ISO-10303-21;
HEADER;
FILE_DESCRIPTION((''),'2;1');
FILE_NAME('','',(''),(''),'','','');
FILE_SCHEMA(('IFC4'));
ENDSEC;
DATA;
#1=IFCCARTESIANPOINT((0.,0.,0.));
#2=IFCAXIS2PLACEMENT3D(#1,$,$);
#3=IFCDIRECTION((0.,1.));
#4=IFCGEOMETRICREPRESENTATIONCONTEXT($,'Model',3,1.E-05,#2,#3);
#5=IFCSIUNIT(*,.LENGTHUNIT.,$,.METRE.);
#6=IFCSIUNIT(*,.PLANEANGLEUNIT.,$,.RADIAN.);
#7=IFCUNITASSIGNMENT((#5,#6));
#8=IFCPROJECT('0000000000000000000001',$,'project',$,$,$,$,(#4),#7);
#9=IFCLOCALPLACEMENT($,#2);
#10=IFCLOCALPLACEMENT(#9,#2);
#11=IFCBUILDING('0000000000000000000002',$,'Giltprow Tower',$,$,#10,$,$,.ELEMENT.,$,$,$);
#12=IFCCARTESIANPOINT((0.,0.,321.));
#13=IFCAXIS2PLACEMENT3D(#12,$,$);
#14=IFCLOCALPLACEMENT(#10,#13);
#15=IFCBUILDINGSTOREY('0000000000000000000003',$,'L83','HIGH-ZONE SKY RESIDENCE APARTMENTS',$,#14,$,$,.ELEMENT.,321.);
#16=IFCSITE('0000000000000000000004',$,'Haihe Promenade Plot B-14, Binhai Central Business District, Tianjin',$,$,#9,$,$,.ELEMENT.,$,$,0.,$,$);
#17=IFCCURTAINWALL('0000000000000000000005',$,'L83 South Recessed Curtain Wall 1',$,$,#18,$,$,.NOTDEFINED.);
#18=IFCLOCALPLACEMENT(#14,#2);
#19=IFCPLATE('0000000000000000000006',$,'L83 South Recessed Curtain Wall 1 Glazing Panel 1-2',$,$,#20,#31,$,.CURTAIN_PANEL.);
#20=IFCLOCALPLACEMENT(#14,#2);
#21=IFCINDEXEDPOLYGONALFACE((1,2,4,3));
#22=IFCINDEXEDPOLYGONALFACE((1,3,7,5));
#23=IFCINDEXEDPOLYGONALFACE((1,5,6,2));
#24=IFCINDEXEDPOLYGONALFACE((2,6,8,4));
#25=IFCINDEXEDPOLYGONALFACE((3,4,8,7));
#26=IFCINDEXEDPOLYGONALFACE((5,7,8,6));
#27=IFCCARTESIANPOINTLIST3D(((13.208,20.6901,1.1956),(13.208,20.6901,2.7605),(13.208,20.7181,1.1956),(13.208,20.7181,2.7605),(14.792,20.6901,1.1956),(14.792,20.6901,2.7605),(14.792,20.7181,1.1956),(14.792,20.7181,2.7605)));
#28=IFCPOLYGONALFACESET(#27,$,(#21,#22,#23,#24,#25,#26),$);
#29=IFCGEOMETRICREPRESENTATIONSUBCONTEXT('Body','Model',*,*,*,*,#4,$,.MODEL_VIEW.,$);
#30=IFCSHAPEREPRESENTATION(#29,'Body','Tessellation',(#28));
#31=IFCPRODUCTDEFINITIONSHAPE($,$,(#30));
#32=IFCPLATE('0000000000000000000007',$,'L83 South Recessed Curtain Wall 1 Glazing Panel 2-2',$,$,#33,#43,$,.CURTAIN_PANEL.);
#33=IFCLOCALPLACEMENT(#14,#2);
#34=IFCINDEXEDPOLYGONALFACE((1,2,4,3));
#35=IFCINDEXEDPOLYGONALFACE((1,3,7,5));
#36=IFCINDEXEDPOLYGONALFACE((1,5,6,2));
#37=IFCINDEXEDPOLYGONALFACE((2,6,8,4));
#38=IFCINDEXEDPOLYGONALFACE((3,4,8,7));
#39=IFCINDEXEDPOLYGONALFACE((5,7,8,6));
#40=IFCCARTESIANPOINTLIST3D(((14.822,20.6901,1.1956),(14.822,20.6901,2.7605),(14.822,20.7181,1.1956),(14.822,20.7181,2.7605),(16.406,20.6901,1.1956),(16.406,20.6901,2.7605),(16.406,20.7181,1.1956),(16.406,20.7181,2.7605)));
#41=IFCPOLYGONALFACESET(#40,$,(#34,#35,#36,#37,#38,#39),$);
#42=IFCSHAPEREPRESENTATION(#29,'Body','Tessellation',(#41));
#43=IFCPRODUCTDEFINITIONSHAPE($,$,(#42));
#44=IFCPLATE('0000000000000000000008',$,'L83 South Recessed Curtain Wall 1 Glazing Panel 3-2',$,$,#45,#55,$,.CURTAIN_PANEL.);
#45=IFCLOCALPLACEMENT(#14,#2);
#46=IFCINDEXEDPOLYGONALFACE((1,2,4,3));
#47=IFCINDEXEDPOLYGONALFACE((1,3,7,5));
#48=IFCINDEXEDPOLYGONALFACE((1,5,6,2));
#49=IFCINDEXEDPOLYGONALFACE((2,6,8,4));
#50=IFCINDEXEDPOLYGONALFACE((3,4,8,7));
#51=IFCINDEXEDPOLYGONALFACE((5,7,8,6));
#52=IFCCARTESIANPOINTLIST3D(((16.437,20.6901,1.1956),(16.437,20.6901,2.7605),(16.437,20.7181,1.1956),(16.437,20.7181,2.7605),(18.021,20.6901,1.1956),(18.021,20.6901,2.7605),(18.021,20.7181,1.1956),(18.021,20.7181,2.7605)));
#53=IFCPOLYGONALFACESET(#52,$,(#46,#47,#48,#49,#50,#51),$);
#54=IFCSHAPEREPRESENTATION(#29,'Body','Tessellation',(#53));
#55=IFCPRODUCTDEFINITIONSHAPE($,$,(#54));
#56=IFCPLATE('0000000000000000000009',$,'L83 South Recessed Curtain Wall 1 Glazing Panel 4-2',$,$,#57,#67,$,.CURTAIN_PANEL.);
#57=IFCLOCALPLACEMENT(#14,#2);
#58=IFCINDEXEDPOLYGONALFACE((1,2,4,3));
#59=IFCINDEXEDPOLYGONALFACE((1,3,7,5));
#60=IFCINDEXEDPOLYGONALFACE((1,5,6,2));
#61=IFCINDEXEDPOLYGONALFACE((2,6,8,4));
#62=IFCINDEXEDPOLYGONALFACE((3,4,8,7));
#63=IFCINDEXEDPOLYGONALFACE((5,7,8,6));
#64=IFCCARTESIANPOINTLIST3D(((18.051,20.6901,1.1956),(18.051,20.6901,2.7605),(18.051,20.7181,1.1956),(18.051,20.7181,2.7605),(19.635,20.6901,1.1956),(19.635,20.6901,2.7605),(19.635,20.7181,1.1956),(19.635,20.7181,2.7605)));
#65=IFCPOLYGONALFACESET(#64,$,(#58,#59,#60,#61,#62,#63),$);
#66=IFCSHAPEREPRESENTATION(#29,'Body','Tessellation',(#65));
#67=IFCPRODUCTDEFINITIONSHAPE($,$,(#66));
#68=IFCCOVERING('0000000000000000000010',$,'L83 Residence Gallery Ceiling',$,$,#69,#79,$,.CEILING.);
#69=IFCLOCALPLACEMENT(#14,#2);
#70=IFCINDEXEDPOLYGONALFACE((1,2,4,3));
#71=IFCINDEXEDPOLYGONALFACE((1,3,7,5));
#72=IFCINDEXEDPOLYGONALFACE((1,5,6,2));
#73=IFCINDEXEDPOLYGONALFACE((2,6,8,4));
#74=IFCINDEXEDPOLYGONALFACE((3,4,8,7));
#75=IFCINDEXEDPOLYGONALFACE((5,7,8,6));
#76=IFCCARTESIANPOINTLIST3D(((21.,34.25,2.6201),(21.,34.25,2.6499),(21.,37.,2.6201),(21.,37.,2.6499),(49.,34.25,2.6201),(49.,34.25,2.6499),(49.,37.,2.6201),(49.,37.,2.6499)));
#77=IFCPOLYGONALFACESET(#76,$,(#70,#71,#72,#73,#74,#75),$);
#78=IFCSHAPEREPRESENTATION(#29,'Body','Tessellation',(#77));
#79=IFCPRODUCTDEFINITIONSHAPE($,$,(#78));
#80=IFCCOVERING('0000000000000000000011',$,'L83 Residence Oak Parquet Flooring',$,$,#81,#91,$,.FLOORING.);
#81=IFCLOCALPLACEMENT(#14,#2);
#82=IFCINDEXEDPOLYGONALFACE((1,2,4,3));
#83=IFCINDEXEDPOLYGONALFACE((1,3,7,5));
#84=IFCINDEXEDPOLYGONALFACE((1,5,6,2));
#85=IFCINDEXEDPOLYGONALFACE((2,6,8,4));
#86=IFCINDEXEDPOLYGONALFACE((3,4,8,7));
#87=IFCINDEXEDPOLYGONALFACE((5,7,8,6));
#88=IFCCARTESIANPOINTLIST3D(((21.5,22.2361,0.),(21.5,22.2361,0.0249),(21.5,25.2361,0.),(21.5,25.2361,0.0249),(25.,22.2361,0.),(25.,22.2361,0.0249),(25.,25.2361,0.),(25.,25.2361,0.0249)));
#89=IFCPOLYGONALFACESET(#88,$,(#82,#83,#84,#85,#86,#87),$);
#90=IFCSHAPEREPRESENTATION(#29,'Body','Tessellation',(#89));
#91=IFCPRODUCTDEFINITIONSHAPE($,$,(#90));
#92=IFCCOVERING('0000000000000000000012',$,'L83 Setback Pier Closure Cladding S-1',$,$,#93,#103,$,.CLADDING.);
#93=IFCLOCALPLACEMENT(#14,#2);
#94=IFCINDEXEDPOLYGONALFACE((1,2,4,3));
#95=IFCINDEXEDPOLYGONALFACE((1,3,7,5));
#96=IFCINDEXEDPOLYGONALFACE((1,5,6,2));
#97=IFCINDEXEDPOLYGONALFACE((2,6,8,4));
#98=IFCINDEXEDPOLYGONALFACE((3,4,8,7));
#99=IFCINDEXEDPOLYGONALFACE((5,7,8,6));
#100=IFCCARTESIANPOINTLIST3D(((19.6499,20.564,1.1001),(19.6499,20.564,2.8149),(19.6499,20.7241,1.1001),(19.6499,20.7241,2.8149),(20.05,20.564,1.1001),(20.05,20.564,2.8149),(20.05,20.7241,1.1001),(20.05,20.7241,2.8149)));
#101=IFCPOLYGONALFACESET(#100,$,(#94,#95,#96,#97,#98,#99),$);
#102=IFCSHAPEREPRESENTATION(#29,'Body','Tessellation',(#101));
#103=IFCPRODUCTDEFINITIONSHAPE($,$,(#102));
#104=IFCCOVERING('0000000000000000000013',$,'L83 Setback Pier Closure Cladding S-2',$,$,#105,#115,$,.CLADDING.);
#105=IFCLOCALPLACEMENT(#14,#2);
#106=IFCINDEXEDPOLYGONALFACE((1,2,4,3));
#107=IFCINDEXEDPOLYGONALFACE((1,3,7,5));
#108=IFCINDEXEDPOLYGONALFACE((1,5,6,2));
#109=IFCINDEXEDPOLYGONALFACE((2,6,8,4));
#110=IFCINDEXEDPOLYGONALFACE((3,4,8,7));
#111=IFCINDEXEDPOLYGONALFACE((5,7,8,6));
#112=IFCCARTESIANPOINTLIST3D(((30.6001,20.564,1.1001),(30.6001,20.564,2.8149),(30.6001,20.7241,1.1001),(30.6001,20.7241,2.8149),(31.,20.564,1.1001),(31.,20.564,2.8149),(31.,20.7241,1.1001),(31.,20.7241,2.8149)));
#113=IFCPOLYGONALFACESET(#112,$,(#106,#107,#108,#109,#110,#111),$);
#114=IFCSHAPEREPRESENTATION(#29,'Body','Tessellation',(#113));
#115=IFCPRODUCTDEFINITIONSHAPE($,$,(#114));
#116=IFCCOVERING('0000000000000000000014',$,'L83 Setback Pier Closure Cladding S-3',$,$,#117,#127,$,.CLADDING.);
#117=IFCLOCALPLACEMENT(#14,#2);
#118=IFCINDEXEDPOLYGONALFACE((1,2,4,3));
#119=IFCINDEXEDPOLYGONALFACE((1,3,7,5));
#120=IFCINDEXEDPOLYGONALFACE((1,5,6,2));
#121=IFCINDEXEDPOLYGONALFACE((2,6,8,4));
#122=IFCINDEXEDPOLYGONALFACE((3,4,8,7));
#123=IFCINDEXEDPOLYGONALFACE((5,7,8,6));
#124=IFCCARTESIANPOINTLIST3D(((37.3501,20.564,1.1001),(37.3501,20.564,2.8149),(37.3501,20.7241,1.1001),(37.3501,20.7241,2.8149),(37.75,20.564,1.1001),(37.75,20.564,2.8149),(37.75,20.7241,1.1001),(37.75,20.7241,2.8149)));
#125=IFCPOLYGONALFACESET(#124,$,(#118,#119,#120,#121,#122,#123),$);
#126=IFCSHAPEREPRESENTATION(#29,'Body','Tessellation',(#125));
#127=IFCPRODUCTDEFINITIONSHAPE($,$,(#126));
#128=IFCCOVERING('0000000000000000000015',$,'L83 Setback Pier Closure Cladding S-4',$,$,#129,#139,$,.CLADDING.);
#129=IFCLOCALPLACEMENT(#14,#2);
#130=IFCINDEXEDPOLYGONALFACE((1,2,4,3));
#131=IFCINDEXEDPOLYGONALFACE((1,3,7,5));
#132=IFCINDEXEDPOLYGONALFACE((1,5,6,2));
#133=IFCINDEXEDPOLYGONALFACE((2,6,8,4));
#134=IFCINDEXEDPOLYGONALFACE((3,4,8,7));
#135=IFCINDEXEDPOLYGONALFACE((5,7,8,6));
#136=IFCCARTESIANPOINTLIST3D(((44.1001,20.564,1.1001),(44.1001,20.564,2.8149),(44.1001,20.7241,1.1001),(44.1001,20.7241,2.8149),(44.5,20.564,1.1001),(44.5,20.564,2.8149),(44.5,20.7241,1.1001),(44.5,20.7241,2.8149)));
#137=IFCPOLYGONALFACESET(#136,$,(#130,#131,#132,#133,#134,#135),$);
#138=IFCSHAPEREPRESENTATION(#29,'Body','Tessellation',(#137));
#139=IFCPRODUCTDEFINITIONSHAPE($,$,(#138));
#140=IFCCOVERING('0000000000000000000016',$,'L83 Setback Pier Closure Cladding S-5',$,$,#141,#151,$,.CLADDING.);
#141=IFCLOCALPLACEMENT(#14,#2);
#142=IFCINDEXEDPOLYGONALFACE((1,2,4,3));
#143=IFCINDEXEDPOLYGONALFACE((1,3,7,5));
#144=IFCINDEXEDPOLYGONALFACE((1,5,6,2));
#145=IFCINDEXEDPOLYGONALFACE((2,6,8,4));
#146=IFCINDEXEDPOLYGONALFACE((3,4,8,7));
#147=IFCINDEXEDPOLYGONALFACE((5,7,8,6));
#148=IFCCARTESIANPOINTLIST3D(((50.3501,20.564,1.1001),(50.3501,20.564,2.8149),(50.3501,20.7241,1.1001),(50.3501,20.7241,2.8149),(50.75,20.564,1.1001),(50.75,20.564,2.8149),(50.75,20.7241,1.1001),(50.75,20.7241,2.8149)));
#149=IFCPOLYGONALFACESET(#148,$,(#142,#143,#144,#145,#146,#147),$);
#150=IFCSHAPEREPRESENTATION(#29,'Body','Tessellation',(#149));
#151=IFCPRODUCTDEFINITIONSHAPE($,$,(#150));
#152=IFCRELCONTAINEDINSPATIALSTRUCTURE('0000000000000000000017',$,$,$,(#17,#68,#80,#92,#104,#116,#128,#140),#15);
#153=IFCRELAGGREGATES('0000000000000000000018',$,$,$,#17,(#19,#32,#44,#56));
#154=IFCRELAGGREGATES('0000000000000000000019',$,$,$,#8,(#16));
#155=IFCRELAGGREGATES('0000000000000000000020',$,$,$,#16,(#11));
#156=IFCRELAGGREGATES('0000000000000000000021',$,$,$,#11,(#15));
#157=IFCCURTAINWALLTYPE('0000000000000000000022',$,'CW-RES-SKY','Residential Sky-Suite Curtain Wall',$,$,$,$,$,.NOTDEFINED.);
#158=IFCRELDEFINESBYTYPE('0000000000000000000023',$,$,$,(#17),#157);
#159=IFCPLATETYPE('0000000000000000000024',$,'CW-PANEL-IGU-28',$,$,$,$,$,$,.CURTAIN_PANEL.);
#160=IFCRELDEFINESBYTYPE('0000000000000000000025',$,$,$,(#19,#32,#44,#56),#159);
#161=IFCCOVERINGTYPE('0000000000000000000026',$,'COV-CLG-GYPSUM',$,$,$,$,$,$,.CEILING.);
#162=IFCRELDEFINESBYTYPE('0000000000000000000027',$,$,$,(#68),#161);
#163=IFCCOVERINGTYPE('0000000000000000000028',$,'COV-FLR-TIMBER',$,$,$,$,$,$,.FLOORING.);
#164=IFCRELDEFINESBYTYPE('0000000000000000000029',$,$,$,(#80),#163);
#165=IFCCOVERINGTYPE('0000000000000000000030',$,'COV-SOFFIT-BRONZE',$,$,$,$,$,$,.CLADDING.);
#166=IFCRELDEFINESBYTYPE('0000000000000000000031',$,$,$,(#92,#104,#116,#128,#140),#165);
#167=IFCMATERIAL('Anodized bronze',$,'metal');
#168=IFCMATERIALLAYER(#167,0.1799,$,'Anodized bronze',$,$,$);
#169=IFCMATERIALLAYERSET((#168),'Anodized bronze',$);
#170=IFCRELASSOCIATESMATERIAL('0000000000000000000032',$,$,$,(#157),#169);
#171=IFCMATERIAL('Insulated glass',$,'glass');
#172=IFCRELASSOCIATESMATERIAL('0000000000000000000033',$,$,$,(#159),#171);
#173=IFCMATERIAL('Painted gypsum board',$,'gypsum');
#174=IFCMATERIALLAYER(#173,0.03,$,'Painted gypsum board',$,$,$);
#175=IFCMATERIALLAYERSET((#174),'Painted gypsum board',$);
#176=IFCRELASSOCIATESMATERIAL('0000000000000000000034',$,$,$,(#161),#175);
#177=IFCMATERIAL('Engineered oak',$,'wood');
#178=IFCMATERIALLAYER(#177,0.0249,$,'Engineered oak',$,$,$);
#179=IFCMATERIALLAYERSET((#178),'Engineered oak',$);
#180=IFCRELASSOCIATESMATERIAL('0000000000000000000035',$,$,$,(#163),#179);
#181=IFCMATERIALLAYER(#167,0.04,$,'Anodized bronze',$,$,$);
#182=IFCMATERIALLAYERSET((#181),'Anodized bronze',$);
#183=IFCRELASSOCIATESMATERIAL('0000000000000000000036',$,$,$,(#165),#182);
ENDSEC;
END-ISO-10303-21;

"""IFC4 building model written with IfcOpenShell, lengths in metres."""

from ifc_helpers import new_model, si_unit, direction, frame, origin, origin_2d, place, context, subcontext, project, spatial, polyline, rectangle, outline, extrude, source, transform, mapped, material, layer, layer_set, type_object, element, aggregate, save


model = new_model("IFC4")

# Units and contexts
model_context = context("Model", 3, precision=1e-05, world=origin(), true_north=direction((0.0, 1.0)))
body_context = subcontext(model_context, "Body", "Model", "MODEL_VIEW")
ifc_project = project(units=[si_unit("LENGTHUNIT", "METRE"), si_unit("PLANEANGLEUNIT", "RADIAN")], contexts=[model_context])

# Site, building, storey
site_placement = place(None, origin())
site = spatial("IfcSite", under=ifc_project, at=site_placement, Name="Haihe Promenade Plot B-14, Binhai Central Business District, Tianjin", CompositionType="ELEMENT", RefElevation=0.0)
building_placement = place(site_placement, origin())
building = spatial("IfcBuilding", under=site, at=building_placement, Name="Giltprow Tower", CompositionType="ELEMENT")
storey_placement = place(building_placement, frame((0.0, 0.0, 321.0)))
storey = spatial("IfcBuildingStorey", under=building, at=storey_placement, Name="L83", Description="HIGH-ZONE SKY RESIDENCE APARTMENTS", CompositionType="ELEMENT", Elevation=321.0)

# Curtain wall
ifc_material_1 = material(Name="Anodized bronze", Category="metal")
ifc_layer_1 = layer(ifc_material_1, 0.1799, Name="Anodized bronze")
ifc_layer_set_1 = layer_set([ifc_layer_1], Name="Anodized bronze")
curtain_wall_type = type_object("IfcCurtainWallType", Name="CW-RES-SKY", Description="Residential Sky-Suite Curtain Wall", PredefinedType="NOTDEFINED", material=ifc_layer_set_1)
curtain_wall_placement = place(storey_placement, origin())
curtain_wall = element("IfcCurtainWall", 1, at=curtain_wall_placement, inside=storey, type_object=curtain_wall_type, Name="L83 South Recessed Curtain Wall 1", PredefinedType="NOTDEFINED")

# Plates
ifc_material_2 = material(Name="Insulated glass", Category="glass")
plate_type = type_object("IfcPlateType", Name="CW-PANEL-IGU-28", PredefinedType="CURTAIN_PANEL", material=ifc_material_2)
shared_shape_1 = source(origin(), body_context, "Body", "SweptSolid", [
    extrude(rectangle(XDim=1.584, YDim=0.0281, at=origin_2d()), origin(), (0.0, 0.0, 1.0), 1.5649),
])
plate_1_placement = place(storey_placement, frame((14.0, 20.7041, 1.1956), z_axis=(0.0, 0.0, 1.0), x_axis=(1.0, 0.0, 0.0)))
plate_1 = element("IfcPlate", 2, at=plate_1_placement, type_object=plate_type, Name="L83 South Recessed Curtain Wall 1 Glazing Panel 1-2", PredefinedType="CURTAIN_PANEL", context=body_context, shape_type="MappedRepresentation", body=[
    mapped(shared_shape_1, transform((0.0, 0.0, 0.0), x_axis=(1.0, 0.0, 0.0), y_axis=(0.0, 1.0, 0.0), z_axis=(0.0, 0.0, 1.0), scale=1.0)),
])
plate_2_placement = place(storey_placement, frame((15.614, 20.7041, 1.1956), z_axis=(0.0, 0.0, 1.0), x_axis=(1.0, 0.0, 0.0)))
plate_2 = element("IfcPlate", 3, at=plate_2_placement, type_object=plate_type, Name="L83 South Recessed Curtain Wall 1 Glazing Panel 2-2", PredefinedType="CURTAIN_PANEL", context=body_context, shape_type="MappedRepresentation", body=[
    mapped(shared_shape_1, transform((0.0, 0.0, 0.0), x_axis=(1.0, 0.0, 0.0), y_axis=(0.0, 1.0, 0.0), z_axis=(0.0, 0.0, 1.0), scale=1.0)),
])
plate_3_placement = place(storey_placement, frame((17.229, 20.7041, 1.1956), z_axis=(0.0, 0.0, 1.0), x_axis=(1.0, 0.0, 0.0)))
plate_3 = element("IfcPlate", 4, at=plate_3_placement, type_object=plate_type, Name="L83 South Recessed Curtain Wall 1 Glazing Panel 3-2", PredefinedType="CURTAIN_PANEL", context=body_context, shape_type="MappedRepresentation", body=[
    mapped(shared_shape_1, transform((0.0, 0.0, 0.0), x_axis=(1.0, 0.0, 0.0), y_axis=(0.0, 1.0, 0.0), z_axis=(0.0, 0.0, 1.0), scale=1.0)),
])
plate_4_placement = place(storey_placement, frame((18.843, 20.7041, 1.1956), z_axis=(0.0, 0.0, 1.0), x_axis=(1.0, 0.0, 0.0)))
plate_4 = element("IfcPlate", 5, at=plate_4_placement, type_object=plate_type, Name="L83 South Recessed Curtain Wall 1 Glazing Panel 4-2", PredefinedType="CURTAIN_PANEL", context=body_context, shape_type="MappedRepresentation", body=[
    mapped(shared_shape_1, transform((0.0, 0.0, 0.0), x_axis=(1.0, 0.0, 0.0), y_axis=(0.0, 1.0, 0.0), z_axis=(0.0, 0.0, 1.0), scale=1.0)),
])
aggregate(curtain_wall, [plate_1, plate_2, plate_3, plate_4])

# Coverings
ifc_material_3 = material(Name="Painted gypsum board", Category="gypsum")
ifc_layer_2 = layer(ifc_material_3, 0.03, Name="Painted gypsum board")
ifc_layer_set_2 = layer_set([ifc_layer_2], Name="Painted gypsum board")
covering_type_1 = type_object("IfcCoveringType", Name="COV-CLG-GYPSUM", PredefinedType="CEILING", material=ifc_layer_set_2)
covering_1_placement = place(storey_placement, frame((0.0, 0.0, 2.6201)))
element("IfcCovering", 6, at=covering_1_placement, inside=storey, type_object=covering_type_1, Name="L83 Residence Gallery Ceiling", PredefinedType="CEILING", context=body_context, shape_type="SweptSolid", body=[
    extrude(outline(polyline([(21.0, 34.25), (49.0, 34.25), (49.0, 37.0), (21.0, 37.0), (21.0, 34.25)])), origin(), (0.0, 0.0, 1.0), 0.0298),
])
ifc_material_4 = material(Name="Engineered oak", Category="wood")
ifc_layer_3 = layer(ifc_material_4, 0.0249, Name="Engineered oak")
ifc_layer_set_3 = layer_set([ifc_layer_3], Name="Engineered oak")
covering_type_2 = type_object("IfcCoveringType", Name="COV-FLR-TIMBER", PredefinedType="FLOORING", material=ifc_layer_set_3)
covering_2_placement = place(storey_placement, origin())
element("IfcCovering", 7, at=covering_2_placement, inside=storey, type_object=covering_type_2, Name="L83 Residence Oak Parquet Flooring", PredefinedType="FLOORING", context=body_context, shape_type="SweptSolid", body=[
    extrude(outline(polyline([(21.5, 22.2361), (25.0, 22.2361), (25.0, 25.2361), (21.5, 25.2361), (21.5, 22.2361)])), origin(), (0.0, 0.0, 1.0), 0.0249),
])
ifc_layer_4 = layer(ifc_material_1, 0.04, Name="Anodized bronze")
ifc_layer_set_4 = layer_set([ifc_layer_4], Name="Anodized bronze")
covering_type_3 = type_object("IfcCoveringType", Name="COV-SOFFIT-BRONZE", PredefinedType="CLADDING", material=ifc_layer_set_4)
covering_3_placement = place(storey_placement, frame((0.0, 0.0, 1.1001)))
element("IfcCovering", 8, at=covering_3_placement, inside=storey, type_object=covering_type_3, Name="L83 Setback Pier Closure Cladding S-1", PredefinedType="CLADDING", context=body_context, shape_type="SweptSolid", body=[
    extrude(outline(polyline([(19.6499, 20.564), (20.05, 20.564), (20.05, 20.7241), (19.6499, 20.7241), (19.6499, 20.564)])), origin(), (0.0, 0.0, 1.0), 1.7148),
])
covering_4_placement = place(storey_placement, frame((0.0, 0.0, 1.1001)))
element("IfcCovering", 9, at=covering_4_placement, inside=storey, type_object=covering_type_3, Name="L83 Setback Pier Closure Cladding S-2", PredefinedType="CLADDING", context=body_context, shape_type="SweptSolid", body=[
    extrude(outline(polyline([(30.6001, 20.564), (31.0, 20.564), (31.0, 20.7241), (30.6001, 20.7241), (30.6001, 20.564)])), origin(), (0.0, 0.0, 1.0), 1.7148),
])
covering_5_placement = place(storey_placement, frame((0.0, 0.0, 1.1001)))
element("IfcCovering", 10, at=covering_5_placement, inside=storey, type_object=covering_type_3, Name="L83 Setback Pier Closure Cladding S-3", PredefinedType="CLADDING", context=body_context, shape_type="SweptSolid", body=[
    extrude(outline(polyline([(37.3501, 20.564), (37.75, 20.564), (37.75, 20.7241), (37.3501, 20.7241), (37.3501, 20.564)])), origin(), (0.0, 0.0, 1.0), 1.7148),
])
covering_6_placement = place(storey_placement, frame((0.0, 0.0, 1.1001)))
element("IfcCovering", 11, at=covering_6_placement, inside=storey, type_object=covering_type_3, Name="L83 Setback Pier Closure Cladding S-4", PredefinedType="CLADDING", context=body_context, shape_type="SweptSolid", body=[
    extrude(outline(polyline([(44.1001, 20.564), (44.5, 20.564), (44.5, 20.7241), (44.1001, 20.7241), (44.1001, 20.564)])), origin(), (0.0, 0.0, 1.0), 1.7148),
])
covering_7_placement = place(storey_placement, frame((0.0, 0.0, 1.1001)))
element("IfcCovering", 12, at=covering_7_placement, inside=storey, type_object=covering_type_3, Name="L83 Setback Pier Closure Cladding S-5", PredefinedType="CLADDING", context=body_context, shape_type="SweptSolid", body=[
    extrude(outline(polyline([(50.3501, 20.564), (50.75, 20.564), (50.75, 20.7241), (50.3501, 20.7241), (50.3501, 20.564)])), origin(), (0.0, 0.0, 1.0), 1.7148),
])

save(model, "model.ifc")
